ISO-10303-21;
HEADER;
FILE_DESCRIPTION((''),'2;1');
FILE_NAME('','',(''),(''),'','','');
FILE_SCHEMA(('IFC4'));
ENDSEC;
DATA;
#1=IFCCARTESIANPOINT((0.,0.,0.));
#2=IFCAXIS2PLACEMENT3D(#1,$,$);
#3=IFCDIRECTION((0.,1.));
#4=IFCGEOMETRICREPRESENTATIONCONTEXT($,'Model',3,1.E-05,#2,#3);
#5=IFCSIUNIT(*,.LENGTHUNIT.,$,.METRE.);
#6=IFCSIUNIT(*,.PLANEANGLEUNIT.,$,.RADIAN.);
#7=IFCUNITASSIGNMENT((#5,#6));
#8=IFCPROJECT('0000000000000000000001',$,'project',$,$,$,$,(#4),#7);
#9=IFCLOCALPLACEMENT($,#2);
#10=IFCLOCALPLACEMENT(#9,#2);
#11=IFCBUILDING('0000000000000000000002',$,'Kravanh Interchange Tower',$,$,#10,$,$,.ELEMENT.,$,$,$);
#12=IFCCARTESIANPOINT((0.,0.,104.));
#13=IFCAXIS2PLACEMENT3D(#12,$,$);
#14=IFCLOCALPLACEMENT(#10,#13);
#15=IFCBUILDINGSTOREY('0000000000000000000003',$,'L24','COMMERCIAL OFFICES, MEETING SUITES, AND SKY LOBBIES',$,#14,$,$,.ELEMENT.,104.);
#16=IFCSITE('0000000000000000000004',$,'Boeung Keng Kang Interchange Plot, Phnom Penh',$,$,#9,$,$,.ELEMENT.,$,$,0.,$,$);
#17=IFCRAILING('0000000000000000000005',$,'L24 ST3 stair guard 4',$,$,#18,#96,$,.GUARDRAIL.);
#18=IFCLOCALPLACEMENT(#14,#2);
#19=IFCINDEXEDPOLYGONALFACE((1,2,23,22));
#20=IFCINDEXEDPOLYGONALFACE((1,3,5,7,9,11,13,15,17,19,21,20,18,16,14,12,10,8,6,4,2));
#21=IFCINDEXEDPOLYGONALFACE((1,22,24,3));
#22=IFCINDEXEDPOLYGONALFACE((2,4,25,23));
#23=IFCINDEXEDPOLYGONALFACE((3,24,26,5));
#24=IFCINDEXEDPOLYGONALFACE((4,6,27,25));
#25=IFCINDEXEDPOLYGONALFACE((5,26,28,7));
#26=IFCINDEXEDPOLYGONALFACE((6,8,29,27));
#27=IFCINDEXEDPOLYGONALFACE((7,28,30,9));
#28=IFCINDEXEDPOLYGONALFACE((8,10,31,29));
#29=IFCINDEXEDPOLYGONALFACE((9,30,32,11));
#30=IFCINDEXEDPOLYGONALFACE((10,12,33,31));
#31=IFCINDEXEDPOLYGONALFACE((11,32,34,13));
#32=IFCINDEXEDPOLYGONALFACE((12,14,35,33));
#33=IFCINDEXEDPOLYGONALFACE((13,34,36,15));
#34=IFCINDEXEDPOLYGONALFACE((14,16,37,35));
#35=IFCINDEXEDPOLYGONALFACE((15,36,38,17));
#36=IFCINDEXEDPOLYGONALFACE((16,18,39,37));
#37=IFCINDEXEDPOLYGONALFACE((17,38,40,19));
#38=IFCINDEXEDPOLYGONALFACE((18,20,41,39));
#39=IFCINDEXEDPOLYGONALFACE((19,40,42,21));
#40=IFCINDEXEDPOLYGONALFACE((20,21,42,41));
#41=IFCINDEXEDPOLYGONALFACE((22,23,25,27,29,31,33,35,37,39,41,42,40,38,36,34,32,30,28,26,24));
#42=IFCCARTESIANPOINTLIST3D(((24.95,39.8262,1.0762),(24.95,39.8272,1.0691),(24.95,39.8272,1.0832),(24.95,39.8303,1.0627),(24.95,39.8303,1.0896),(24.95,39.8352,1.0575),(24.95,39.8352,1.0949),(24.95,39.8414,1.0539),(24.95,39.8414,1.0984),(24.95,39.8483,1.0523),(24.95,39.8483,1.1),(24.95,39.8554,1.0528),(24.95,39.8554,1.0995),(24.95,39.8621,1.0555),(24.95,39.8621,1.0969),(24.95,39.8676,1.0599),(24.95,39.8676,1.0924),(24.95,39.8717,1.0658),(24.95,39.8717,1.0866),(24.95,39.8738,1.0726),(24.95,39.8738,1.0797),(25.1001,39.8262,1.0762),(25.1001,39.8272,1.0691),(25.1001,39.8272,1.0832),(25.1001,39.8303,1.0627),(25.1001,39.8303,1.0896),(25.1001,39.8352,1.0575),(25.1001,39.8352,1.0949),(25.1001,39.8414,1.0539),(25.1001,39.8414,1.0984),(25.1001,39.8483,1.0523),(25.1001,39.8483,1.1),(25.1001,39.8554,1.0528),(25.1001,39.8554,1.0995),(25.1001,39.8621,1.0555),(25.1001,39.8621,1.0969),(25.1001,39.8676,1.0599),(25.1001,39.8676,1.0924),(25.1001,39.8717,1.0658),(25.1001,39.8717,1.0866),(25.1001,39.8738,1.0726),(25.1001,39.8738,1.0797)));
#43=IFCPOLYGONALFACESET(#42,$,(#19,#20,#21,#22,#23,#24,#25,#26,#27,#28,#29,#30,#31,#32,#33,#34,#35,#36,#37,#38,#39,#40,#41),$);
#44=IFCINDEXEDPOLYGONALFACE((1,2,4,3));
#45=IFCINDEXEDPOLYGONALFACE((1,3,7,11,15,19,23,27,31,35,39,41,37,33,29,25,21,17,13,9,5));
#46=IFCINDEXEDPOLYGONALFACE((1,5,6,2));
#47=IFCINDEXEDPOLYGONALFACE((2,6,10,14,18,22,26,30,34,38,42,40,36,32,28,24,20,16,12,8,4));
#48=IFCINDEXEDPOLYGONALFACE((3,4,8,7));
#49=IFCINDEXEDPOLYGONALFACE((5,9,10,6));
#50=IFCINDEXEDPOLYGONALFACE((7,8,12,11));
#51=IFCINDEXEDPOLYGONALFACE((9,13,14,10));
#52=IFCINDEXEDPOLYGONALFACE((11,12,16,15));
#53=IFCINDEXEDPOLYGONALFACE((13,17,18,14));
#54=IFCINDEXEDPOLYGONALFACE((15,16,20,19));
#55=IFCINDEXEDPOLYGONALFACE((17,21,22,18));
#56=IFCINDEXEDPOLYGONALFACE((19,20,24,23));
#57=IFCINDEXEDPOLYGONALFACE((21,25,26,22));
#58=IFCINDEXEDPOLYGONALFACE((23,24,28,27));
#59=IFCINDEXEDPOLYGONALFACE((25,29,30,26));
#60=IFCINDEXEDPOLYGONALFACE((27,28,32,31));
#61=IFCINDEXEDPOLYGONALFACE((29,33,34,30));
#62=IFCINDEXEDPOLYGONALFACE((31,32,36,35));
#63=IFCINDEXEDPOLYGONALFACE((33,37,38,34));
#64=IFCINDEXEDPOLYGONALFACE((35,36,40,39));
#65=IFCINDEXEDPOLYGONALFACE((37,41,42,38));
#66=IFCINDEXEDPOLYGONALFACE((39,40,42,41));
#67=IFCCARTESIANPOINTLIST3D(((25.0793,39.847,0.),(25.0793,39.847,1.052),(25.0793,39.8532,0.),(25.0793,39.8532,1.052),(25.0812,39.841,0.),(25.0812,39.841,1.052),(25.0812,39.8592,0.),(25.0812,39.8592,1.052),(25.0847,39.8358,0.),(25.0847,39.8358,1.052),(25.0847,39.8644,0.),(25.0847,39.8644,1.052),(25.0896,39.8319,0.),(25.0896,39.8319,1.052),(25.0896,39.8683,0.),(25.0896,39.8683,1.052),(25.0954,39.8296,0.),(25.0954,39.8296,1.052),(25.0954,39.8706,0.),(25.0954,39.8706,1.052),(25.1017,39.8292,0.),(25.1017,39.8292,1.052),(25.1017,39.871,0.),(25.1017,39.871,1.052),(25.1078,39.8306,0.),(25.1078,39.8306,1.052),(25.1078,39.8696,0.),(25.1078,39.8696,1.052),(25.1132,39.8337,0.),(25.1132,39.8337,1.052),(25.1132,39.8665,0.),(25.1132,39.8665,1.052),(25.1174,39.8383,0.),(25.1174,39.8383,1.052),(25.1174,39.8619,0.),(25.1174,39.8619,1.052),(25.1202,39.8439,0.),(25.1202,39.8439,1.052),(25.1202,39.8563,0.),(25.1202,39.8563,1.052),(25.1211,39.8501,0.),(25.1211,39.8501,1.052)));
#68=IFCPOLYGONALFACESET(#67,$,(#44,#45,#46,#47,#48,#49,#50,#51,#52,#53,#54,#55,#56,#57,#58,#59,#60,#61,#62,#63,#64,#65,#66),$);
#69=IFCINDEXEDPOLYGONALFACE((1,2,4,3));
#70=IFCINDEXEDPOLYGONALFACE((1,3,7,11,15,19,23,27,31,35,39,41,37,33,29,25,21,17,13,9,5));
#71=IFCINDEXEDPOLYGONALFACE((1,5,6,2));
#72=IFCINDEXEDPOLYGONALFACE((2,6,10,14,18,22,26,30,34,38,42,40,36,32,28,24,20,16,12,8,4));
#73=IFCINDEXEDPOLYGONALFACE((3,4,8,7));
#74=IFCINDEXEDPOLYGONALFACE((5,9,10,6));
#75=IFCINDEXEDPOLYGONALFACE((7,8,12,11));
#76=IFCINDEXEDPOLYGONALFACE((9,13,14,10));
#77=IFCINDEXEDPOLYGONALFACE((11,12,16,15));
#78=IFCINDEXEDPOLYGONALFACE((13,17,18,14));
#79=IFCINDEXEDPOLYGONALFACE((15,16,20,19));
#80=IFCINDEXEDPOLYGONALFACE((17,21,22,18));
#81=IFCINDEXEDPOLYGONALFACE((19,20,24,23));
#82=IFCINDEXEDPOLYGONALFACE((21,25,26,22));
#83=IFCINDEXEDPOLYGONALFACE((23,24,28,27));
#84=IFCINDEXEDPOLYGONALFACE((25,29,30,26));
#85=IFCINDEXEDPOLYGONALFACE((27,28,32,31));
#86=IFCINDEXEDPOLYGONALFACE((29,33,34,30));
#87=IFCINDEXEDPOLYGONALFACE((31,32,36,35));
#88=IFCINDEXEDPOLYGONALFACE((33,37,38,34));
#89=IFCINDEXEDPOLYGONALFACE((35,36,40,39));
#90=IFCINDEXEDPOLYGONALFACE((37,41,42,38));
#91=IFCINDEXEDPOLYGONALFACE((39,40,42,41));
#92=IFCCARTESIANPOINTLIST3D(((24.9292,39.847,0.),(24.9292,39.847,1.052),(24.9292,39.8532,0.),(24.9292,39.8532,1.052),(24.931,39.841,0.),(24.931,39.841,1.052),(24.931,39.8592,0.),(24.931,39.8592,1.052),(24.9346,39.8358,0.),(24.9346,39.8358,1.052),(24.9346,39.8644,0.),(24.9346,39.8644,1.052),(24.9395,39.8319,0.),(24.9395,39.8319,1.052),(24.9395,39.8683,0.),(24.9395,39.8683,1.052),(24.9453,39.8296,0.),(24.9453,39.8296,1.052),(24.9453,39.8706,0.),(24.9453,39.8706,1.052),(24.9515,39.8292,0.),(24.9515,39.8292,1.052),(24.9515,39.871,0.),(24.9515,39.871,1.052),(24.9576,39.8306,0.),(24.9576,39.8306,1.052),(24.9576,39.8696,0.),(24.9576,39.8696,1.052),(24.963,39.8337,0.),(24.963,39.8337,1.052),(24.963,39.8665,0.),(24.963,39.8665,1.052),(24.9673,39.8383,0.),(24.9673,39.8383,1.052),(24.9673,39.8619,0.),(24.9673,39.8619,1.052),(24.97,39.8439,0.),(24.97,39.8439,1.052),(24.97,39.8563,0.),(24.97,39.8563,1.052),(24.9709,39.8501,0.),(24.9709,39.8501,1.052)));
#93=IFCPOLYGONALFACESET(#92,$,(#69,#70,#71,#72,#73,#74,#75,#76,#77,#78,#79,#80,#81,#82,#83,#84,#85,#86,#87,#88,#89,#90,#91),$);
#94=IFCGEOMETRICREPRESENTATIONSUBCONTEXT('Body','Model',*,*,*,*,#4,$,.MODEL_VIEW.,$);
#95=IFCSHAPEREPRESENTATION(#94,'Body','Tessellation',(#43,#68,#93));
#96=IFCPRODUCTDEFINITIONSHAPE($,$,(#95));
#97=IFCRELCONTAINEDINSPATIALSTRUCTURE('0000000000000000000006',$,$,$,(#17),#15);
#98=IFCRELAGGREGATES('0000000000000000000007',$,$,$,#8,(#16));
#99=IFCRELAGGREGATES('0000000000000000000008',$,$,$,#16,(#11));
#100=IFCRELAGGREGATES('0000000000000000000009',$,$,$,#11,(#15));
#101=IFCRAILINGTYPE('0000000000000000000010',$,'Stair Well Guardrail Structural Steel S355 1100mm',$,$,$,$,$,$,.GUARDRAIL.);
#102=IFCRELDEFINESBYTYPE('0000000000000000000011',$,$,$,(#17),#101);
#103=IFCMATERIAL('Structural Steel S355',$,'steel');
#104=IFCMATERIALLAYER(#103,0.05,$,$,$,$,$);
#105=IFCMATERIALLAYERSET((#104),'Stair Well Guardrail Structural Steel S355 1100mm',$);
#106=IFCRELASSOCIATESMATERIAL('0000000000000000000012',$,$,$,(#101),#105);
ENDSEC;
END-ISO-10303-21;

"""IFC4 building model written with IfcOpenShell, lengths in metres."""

from ifc_helpers import new_model, si_unit, direction, frame, origin, origin_2d, place, context, subcontext, project, spatial, circle, extrude, material, layer, layer_set, type_object, element, save


model = new_model("IFC4")

# Units and contexts
model_context = context("Model", 3, precision=1e-05, world=origin(), true_north=direction((0.0, 1.0)))
body_context = subcontext(model_context, "Body", "Model", "MODEL_VIEW")
ifc_project = project(units=[si_unit("LENGTHUNIT", "METRE"), si_unit("PLANEANGLEUNIT", "RADIAN")], contexts=[model_context])

# Site, building, storey
site_placement = place(None, origin())
site = spatial("IfcSite", under=ifc_project, at=site_placement, Name="Boeung Keng Kang Interchange Plot, Phnom Penh", CompositionType="ELEMENT", RefElevation=0.0)
building_placement = place(site_placement, origin())
building = spatial("IfcBuilding", under=site, at=building_placement, Name="Kravanh Interchange Tower", CompositionType="ELEMENT")
storey_placement = place(building_placement, frame((0.0, 0.0, 104.0)))
storey = spatial("IfcBuildingStorey", under=building, at=storey_placement, Name="L24", Description="COMMERCIAL OFFICES, MEETING SUITES, AND SKY LOBBIES", CompositionType="ELEMENT", Elevation=104.0)

# Railing
ifc_material_1 = material(Name="Structural Steel S355", Category="steel")
ifc_layer_1 = layer(ifc_material_1, 0.05)
ifc_layer_set_1 = layer_set([ifc_layer_1], Name="Stair Well Guardrail Structural Steel S355 1100mm")
railing_type_1 = type_object("IfcRailingType", Name="Stair Well Guardrail Structural Steel S355 1100mm", PredefinedType="GUARDRAIL", material=ifc_layer_set_1)
railing_1_placement = place(storey_placement, frame((25.1001, 39.8501, 0.0)))
element("IfcRailing", 1, at=railing_1_placement, inside=storey, type_object=railing_type_1, Name="L24 ST3 stair guard 4", PredefinedType="GUARDRAIL", context=body_context, shape_type="SweptSolid", body=[
    extrude(circle(Radius=0.0239, at=origin_2d()), frame((0.0, 0.0, 1.0762), z_axis=(-1.0, 0.0, 0.0), x_axis=(0.0, -1.0, 0.0)), (0.0, 0.0, 1.0), 0.1501),
    extrude(circle(Radius=0.021, at=origin_2d()), origin(), (0.0, 0.0, 1.0), 1.052),
    extrude(circle(Radius=0.021, at=origin_2d()), frame((-0.1501, 0.0, 0.0)), (0.0, 0.0, 1.0), 1.052),
])

save(model, "model.ifc")
